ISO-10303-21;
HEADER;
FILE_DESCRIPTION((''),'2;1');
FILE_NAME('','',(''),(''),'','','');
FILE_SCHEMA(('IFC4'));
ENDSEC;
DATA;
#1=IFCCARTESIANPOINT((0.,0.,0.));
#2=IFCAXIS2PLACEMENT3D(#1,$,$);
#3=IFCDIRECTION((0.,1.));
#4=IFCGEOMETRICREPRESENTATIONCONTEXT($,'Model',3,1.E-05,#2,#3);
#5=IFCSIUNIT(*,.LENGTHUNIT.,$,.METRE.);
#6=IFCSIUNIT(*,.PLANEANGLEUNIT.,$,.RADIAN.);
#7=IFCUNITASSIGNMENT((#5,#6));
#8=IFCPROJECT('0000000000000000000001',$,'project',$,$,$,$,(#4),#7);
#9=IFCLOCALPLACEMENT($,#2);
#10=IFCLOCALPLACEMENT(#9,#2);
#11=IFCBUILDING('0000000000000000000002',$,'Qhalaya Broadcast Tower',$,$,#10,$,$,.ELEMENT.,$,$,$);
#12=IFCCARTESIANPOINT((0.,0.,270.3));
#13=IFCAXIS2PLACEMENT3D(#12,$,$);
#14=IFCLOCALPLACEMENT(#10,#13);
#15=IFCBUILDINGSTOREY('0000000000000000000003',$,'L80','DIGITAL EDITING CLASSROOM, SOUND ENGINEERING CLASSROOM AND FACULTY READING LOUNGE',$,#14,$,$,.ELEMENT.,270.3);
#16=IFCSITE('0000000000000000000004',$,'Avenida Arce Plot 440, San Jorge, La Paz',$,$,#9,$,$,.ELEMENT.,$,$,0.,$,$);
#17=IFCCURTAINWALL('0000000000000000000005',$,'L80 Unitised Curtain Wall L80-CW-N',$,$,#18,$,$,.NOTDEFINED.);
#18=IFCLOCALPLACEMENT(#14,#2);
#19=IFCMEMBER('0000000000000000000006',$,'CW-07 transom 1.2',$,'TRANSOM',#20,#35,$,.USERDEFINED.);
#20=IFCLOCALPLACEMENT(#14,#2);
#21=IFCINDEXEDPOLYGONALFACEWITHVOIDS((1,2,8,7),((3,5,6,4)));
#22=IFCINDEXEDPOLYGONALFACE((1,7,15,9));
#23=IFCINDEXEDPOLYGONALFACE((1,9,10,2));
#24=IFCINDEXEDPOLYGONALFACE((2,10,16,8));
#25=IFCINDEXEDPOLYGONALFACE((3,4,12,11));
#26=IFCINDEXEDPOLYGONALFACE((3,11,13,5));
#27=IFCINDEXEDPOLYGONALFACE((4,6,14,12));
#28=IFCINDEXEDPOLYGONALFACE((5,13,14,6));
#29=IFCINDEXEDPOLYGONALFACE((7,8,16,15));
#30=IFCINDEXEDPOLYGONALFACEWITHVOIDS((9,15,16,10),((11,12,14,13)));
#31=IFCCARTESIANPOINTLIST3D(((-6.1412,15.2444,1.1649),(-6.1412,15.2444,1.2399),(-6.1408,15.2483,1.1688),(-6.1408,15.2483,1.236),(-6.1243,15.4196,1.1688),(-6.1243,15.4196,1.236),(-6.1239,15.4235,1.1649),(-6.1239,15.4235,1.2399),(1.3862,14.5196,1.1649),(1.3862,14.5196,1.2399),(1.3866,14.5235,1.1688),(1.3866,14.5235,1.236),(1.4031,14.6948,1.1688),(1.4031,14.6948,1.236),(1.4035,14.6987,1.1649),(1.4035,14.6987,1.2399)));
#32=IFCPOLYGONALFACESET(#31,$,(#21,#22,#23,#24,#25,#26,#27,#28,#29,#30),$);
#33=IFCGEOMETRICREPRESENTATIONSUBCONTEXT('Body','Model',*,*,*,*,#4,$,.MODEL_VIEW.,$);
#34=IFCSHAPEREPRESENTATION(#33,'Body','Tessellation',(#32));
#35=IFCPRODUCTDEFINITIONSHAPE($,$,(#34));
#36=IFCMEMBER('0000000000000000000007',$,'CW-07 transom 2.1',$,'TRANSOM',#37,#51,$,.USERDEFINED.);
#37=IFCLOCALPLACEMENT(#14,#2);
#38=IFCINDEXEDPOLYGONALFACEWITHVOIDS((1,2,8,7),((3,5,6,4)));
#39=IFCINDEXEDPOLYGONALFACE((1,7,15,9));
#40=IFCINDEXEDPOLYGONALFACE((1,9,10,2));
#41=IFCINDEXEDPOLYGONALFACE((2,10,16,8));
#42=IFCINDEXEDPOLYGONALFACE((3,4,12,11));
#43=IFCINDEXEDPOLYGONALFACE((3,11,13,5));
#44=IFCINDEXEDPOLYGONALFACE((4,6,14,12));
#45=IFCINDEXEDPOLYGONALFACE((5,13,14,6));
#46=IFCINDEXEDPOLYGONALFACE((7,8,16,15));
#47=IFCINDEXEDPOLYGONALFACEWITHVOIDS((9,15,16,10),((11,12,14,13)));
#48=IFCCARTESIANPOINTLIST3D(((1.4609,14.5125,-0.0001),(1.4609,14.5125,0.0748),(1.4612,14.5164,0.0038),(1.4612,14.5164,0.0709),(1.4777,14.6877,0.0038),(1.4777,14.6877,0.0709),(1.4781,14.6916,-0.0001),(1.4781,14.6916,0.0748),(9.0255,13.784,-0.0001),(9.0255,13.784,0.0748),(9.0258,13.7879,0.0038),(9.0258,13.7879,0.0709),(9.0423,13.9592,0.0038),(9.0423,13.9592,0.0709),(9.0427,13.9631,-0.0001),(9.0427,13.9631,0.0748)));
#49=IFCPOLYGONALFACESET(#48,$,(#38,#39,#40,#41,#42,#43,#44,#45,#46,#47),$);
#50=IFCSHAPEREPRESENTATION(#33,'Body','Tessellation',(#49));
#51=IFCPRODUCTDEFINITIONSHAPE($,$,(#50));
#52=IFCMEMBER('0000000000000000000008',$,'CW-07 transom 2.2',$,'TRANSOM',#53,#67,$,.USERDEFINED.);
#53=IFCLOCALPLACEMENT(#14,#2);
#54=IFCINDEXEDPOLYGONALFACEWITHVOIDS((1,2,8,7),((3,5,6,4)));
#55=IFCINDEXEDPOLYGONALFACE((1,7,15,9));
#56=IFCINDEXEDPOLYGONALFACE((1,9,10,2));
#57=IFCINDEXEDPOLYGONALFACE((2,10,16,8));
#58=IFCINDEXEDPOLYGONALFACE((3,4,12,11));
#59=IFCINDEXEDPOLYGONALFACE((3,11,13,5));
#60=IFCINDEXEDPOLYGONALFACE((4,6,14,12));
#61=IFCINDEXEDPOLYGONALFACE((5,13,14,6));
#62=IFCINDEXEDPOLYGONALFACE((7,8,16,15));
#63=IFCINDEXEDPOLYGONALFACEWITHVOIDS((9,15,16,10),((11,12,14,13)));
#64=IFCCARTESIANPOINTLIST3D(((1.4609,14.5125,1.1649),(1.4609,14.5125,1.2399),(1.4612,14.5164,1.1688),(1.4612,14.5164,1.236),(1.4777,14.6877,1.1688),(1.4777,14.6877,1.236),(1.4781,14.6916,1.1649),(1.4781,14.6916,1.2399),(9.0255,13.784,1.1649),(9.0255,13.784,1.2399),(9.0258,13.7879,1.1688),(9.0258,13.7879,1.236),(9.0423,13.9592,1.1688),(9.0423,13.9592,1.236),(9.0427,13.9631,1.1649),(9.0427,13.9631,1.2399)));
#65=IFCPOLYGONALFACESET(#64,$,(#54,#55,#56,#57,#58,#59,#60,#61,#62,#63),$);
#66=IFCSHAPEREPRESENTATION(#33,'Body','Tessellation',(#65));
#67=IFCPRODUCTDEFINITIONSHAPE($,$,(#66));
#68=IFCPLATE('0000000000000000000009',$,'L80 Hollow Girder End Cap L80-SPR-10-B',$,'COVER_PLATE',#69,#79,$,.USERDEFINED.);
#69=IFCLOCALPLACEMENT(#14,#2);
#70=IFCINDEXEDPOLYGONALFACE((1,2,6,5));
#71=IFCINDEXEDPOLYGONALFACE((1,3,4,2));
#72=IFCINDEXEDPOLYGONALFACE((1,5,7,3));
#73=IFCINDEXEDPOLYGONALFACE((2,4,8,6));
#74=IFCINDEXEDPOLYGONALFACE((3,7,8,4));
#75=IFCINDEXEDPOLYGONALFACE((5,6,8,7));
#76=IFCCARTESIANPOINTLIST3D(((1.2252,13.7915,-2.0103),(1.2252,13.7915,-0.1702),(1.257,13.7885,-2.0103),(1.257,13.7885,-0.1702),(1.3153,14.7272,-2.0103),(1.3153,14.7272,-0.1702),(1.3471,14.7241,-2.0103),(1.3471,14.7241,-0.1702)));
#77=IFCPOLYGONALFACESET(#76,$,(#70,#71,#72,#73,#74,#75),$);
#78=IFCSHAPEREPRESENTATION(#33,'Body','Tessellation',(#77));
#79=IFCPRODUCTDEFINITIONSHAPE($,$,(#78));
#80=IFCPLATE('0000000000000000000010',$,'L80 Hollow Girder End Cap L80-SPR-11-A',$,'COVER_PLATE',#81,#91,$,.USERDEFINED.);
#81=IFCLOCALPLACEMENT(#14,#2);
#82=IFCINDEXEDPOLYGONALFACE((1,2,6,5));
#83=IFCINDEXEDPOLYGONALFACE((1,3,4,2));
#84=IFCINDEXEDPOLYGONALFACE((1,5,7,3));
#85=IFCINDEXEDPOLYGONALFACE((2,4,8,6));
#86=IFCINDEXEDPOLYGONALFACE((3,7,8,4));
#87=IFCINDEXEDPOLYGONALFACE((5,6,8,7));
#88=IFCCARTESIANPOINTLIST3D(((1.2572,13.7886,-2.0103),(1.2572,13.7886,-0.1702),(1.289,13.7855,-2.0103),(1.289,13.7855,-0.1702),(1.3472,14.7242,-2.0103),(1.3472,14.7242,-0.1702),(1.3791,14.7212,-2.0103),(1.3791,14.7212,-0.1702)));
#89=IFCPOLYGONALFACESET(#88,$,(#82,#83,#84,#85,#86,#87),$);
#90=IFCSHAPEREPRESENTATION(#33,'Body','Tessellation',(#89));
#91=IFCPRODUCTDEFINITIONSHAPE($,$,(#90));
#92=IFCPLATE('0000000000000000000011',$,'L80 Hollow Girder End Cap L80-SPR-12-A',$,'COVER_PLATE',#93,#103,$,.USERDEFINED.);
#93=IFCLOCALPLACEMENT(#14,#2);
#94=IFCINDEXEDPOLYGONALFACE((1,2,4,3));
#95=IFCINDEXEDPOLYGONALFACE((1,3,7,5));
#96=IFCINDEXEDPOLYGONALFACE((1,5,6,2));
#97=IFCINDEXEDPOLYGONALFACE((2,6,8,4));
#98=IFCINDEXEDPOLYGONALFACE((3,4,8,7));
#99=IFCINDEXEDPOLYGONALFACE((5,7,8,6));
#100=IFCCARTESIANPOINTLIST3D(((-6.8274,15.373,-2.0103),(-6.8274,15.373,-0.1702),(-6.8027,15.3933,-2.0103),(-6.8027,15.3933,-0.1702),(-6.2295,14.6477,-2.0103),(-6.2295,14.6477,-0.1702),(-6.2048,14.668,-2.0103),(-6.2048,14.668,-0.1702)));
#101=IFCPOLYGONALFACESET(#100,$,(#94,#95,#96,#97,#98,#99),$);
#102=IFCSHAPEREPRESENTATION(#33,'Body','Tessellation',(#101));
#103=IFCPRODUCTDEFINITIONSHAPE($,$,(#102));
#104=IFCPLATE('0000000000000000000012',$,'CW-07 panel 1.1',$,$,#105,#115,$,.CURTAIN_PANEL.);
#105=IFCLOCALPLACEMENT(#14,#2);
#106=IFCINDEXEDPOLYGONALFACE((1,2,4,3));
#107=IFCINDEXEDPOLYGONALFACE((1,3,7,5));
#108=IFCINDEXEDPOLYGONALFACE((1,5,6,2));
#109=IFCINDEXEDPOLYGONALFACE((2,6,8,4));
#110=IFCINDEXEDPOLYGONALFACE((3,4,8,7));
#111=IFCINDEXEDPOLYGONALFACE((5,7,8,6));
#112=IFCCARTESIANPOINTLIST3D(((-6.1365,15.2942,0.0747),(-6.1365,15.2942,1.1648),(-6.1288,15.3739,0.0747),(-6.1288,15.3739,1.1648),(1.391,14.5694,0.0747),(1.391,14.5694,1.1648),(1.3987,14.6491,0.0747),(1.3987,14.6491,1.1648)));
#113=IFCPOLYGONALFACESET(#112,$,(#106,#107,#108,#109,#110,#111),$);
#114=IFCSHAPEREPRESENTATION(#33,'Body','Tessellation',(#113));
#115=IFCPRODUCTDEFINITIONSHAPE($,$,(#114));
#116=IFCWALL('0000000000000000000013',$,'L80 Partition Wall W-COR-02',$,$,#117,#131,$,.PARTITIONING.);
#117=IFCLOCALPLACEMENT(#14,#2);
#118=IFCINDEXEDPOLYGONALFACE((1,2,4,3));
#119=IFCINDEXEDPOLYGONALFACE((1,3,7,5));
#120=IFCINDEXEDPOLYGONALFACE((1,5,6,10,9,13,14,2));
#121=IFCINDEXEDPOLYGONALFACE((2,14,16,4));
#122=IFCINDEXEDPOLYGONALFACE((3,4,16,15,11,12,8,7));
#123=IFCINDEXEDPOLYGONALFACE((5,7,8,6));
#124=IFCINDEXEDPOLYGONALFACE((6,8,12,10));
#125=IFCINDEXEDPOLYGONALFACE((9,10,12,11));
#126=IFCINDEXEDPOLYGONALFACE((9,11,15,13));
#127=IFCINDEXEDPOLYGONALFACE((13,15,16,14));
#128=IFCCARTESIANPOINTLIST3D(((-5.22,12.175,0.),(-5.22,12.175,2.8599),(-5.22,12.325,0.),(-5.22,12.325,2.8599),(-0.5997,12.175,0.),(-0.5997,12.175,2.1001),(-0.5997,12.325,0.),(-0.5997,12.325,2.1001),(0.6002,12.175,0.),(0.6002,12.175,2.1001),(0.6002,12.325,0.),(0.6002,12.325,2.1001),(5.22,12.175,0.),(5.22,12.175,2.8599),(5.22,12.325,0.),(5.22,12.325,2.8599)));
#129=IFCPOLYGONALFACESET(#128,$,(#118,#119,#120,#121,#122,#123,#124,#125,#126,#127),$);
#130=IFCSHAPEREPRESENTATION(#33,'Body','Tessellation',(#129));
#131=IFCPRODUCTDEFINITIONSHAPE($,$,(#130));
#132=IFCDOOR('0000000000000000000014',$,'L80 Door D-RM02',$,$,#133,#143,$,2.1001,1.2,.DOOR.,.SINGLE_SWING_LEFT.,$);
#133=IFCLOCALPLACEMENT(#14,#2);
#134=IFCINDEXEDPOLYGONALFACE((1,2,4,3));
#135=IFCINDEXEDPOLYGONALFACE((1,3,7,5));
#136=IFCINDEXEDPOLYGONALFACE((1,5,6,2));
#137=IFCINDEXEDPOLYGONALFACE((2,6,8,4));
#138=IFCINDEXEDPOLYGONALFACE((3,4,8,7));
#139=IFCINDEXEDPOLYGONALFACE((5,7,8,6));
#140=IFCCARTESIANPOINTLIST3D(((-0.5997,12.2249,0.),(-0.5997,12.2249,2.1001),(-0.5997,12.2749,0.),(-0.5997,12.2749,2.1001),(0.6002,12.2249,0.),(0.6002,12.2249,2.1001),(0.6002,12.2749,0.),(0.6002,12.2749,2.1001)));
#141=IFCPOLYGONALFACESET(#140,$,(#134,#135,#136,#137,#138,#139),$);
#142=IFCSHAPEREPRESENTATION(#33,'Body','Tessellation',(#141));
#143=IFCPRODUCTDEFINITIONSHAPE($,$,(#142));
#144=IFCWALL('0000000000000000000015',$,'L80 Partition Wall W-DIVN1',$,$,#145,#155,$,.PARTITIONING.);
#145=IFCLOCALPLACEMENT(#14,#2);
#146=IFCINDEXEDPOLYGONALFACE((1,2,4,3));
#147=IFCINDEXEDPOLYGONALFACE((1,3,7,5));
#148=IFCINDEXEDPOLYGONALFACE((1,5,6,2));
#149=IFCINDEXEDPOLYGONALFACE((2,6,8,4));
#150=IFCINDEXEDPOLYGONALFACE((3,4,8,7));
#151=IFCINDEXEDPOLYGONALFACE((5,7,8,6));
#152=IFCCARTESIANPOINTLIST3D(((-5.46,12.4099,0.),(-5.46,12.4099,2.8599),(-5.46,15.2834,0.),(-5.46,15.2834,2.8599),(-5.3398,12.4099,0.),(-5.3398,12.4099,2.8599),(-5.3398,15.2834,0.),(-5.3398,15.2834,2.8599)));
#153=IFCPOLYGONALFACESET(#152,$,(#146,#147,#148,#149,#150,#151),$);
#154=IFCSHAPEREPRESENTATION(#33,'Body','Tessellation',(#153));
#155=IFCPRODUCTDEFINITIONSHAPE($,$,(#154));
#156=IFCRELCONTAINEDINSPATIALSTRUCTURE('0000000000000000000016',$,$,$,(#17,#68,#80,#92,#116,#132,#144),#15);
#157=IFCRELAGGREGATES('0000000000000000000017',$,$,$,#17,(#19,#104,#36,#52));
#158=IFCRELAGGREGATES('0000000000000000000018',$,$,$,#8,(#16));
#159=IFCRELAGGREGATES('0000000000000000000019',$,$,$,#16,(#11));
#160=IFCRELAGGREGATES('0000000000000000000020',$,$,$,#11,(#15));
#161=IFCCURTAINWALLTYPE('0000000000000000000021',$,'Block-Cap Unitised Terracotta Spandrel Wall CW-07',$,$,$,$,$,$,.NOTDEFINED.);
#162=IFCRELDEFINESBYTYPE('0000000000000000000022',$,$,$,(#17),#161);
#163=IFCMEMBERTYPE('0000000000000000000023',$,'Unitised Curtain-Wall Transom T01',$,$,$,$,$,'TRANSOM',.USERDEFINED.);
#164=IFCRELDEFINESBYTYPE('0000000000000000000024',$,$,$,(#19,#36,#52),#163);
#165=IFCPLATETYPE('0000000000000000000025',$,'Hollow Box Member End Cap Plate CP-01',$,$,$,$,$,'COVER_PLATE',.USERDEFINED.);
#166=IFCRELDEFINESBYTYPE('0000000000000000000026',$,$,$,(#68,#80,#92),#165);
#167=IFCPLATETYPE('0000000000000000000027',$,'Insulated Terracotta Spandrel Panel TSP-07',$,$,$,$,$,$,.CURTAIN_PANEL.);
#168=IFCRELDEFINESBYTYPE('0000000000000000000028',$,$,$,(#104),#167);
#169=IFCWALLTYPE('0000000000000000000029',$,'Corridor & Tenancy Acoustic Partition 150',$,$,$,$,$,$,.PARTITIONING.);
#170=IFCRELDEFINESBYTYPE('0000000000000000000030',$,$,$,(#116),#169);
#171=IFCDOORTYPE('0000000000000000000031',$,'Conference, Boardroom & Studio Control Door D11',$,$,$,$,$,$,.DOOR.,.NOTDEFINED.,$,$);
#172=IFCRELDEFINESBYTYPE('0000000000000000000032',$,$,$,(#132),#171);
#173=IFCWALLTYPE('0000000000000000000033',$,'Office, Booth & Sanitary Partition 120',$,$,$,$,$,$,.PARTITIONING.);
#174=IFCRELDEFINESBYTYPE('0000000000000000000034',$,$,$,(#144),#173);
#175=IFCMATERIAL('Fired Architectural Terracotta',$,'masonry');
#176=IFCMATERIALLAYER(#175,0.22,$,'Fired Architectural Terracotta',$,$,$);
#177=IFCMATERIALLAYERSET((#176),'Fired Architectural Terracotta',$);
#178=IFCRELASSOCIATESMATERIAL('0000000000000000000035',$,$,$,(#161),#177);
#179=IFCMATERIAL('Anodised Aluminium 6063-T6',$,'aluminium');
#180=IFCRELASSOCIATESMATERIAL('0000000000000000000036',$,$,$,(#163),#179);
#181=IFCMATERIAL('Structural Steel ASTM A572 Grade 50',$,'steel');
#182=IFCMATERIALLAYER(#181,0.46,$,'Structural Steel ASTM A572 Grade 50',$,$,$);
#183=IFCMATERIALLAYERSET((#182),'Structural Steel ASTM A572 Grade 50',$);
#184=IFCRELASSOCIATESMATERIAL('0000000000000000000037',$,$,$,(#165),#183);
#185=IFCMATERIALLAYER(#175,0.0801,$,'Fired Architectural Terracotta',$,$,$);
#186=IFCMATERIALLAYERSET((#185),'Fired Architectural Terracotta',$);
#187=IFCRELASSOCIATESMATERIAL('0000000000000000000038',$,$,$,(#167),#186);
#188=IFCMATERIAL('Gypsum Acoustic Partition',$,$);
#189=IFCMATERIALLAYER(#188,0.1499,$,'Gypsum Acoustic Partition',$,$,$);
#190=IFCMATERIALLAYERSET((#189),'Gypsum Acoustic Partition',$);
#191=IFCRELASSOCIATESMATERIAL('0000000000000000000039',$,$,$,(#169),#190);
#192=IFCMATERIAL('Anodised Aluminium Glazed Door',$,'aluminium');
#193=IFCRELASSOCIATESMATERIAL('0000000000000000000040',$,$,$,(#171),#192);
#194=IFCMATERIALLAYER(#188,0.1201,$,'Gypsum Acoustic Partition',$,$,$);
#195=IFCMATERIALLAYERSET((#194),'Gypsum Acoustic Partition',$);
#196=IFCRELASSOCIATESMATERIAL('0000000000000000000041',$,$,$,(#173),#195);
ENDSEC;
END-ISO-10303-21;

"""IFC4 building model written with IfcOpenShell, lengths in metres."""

from ifc_helpers import new_model, si_unit, direction, frame, frame_2d, origin, origin_2d, place, context, subcontext, project, spatial, rectangle, hollow_rectangle, extrude, material, layer, layer_set, material_profile, profile_set, type_object, element, fill, aggregate, save


model = new_model("IFC4")

# Units and contexts
model_context = context("Model", 3, precision=1e-05, world=origin(), true_north=direction((0.0, 1.0)))
body_context = subcontext(model_context, "Body", "Model", "MODEL_VIEW")
ifc_project = project(units=[si_unit("LENGTHUNIT", "METRE"), si_unit("PLANEANGLEUNIT", "RADIAN")], contexts=[model_context])

# Site, building, storey
site_placement = place(None, origin())
site = spatial("IfcSite", under=ifc_project, at=site_placement, Name="Avenida Arce Plot 440, San Jorge, La Paz", CompositionType="ELEMENT", RefElevation=0.0)
building_placement = place(site_placement, origin())
building = spatial("IfcBuilding", under=site, at=building_placement, Name="Qhalaya Broadcast Tower", CompositionType="ELEMENT")
storey_placement = place(building_placement, frame((0.0, 0.0, 270.3)))
storey = spatial("IfcBuildingStorey", under=building, at=storey_placement, Name="L80", Description="DIGITAL EDITING CLASSROOM, SOUND ENGINEERING CLASSROOM AND FACULTY READING LOUNGE", CompositionType="ELEMENT", Elevation=270.3)

# Shared definitions
ifc_material_1 = material(Name="Structural Steel ASTM A572 Grade 50", Category="steel")

# Curtain wall, members
ifc_material_2 = material(Name="Fired Architectural Terracotta", Category="masonry")
ifc_layer_1 = layer(ifc_material_2, 0.22, Name="Fired Architectural Terracotta")
ifc_layer_set_1 = layer_set([ifc_layer_1], Name="Fired Architectural Terracotta")
curtain_wall_type = type_object("IfcCurtainWallType", Name="Block-Cap Unitised Terracotta Spandrel Wall CW-07", PredefinedType="NOTDEFINED", material=ifc_layer_set_1)
curtain_wall_placement = place(storey_placement, origin())
curtain_wall = element("IfcCurtainWall", 1, at=curtain_wall_placement, inside=storey, type_object=curtain_wall_type, Name="L80 Unitised Curtain Wall L80-CW-N", PredefinedType="NOTDEFINED")
ifc_material_3 = material(Name="Anodised Aluminium 6063-T6", Category="aluminium")
ifc_material_profile_1 = material_profile(ifc_material_3, hollow_rectangle(XDim=0.075, YDim=0.1799, WallThickness=0.0039, at=origin_2d()), Name="ALU-TRN 75x180x4")
ifc_profile_set_1 = profile_set([ifc_material_profile_1], Name="Anodised Aluminium 6063-T6")
member_type_1 = type_object("IfcMemberType", Name="Unitised Curtain-Wall Transom T01", ElementType="TRANSOM", PredefinedType="USERDEFINED", material=ifc_profile_set_1)
member_1_placement = place(storey_placement, frame((-6.1326, 15.334, 1.2024), z_axis=(0.995396, -0.095853, 0.0), x_axis=(0.0, 0.0, 1.0)))
member_1 = element("IfcMember", 2, at=member_1_placement, type_object=member_type_1, Name="CW-07 transom 1.2", ObjectType="TRANSOM", PredefinedType="USERDEFINED", context=body_context, shape_type="SweptSolid", body=[
    extrude(hollow_rectangle(XDim=0.075, YDim=0.1799, WallThickness=0.0039, at=origin_2d()), origin(), (0.0, 0.0, 1.0), 7.5623),
])
member_2_placement = place(storey_placement, frame((1.4695, 14.6021, 0.0374), z_axis=(0.995395, -0.095861, 0.0), x_axis=(0.0, 0.0, 1.0)))
member_2 = element("IfcMember", 3, at=member_2_placement, type_object=member_type_1, Name="CW-07 transom 2.1", ObjectType="TRANSOM", PredefinedType="USERDEFINED", context=body_context, shape_type="SweptSolid", body=[
    extrude(hollow_rectangle(XDim=0.075, YDim=0.1799, WallThickness=0.0039, at=origin_2d()), origin(), (0.0, 0.0, 1.0), 7.5996),
])
member_3_placement = place(storey_placement, frame((1.4695, 14.6021, 1.2024), z_axis=(0.995395, -0.095861, 0.0), x_axis=(0.0, 0.0, 1.0)))
member_3 = element("IfcMember", 4, at=member_3_placement, type_object=member_type_1, Name="CW-07 transom 2.2", ObjectType="TRANSOM", PredefinedType="USERDEFINED", context=body_context, shape_type="SweptSolid", body=[
    extrude(hollow_rectangle(XDim=0.075, YDim=0.1799, WallThickness=0.0039, at=origin_2d()), origin(), (0.0, 0.0, 1.0), 7.5996),
])

# Plates
ifc_layer_2 = layer(ifc_material_1, 0.46, Name="Structural Steel ASTM A572 Grade 50")
ifc_layer_set_2 = layer_set([ifc_layer_2], Name="Structural Steel ASTM A572 Grade 50")
plate_type_1 = type_object("IfcPlateType", Name="Hollow Box Member End Cap Plate CP-01", ElementType="COVER_PLATE", PredefinedType="USERDEFINED", material=ifc_layer_set_2)
for number, where, z_axis, x_axis, name in (
    (5, (1.2861, 14.2578, -2.0103), (0.0, 0.0, 1.0), (-0.095846, -0.995396, 0.0), "L80 Hollow Girder End Cap L80-SPR-10-B"),
    (6, (1.3181, 14.2549, -2.0103), (0.0, 0.0, 1.0), (-0.095846, -0.995396, 0.0), "L80 Hollow Girder End Cap L80-SPR-11-A"),
    (7, (-6.5161, 15.0205, -2.0103), (0.0, 0.0, 1.0), (0.636078, -0.771625, 0.0), "L80 Hollow Girder End Cap L80-SPR-12-A"),
):
    element("IfcPlate", number, at=place(storey_placement, frame(where, z_axis=z_axis, x_axis=x_axis)), inside=storey, type_object=plate_type_1, Name=name, ObjectType="COVER_PLATE", PredefinedType="USERDEFINED", context=body_context, shape_type="SweptSolid", body=[
        extrude(rectangle(XDim=0.9399, YDim=0.032, at=origin_2d()), origin(), (0.0, 0.0, 1.0), 1.8401),
    ])

# Plate
ifc_layer_3 = layer(ifc_material_2, 0.0801, Name="Fired Architectural Terracotta")
ifc_layer_set_3 = layer_set([ifc_layer_3], Name="Fired Architectural Terracotta")
plate_type_2 = type_object("IfcPlateType", Name="Insulated Terracotta Spandrel Panel TSP-07", PredefinedType="CURTAIN_PANEL", material=ifc_layer_set_3)
plate_placement = place(storey_placement, frame((-2.3689, 14.9717, 0.0747), z_axis=(0.0, 0.0, 1.0), x_axis=(0.995396, -0.095848, 0.0)))
plate = element("IfcPlate", 8, at=plate_placement, type_object=plate_type_2, Name="CW-07 panel 1.1", PredefinedType="CURTAIN_PANEL", context=body_context, shape_type="SweptSolid", body=[
    extrude(rectangle(XDim=7.5623, YDim=0.0801, at=origin_2d()), origin(), (0.0, 0.0, 1.0), 1.0901),
])
aggregate(curtain_wall, [member_1, plate, member_2, member_3])

# Wall, opening, door
ifc_material_4 = material(Name="Gypsum Acoustic Partition")
ifc_layer_4 = layer(ifc_material_4, 0.1499, Name="Gypsum Acoustic Partition")
ifc_layer_set_4 = layer_set([ifc_layer_4], Name="Gypsum Acoustic Partition")
wall_type_1 = type_object("IfcWallType", Name="Corridor & Tenancy Acoustic Partition 150", PredefinedType="PARTITIONING", material=ifc_layer_set_4)
wall_1_placement = place(storey_placement, frame((-5.22, 12.25, 0.0), z_axis=(0.0, 0.0, 1.0), x_axis=(1.0, 0.0, 0.0)))
wall_1 = element("IfcWall", 9, at=wall_1_placement, inside=storey, type_object=wall_type_1, Name="L80 Partition Wall W-COR-02", PredefinedType="PARTITIONING", context=body_context, shape_type="SweptSolid", body=[
    extrude(rectangle(XDim=10.4399, YDim=0.1499, at=frame_2d((5.22, 0.0))), origin(), (0.0, 0.0, 1.0), 2.8599),
])
opening_placement = place(wall_1_placement, frame((4.6201, 0.0, 0.0)))
opening = element("IfcOpeningElement", 10, at=opening_placement, cuts=wall_1, PredefinedType="OPENING", context=body_context, shape_type="SweptSolid", body=[
    extrude(rectangle(XDim=1.2, YDim=2.1001, at=frame_2d((0.6001, 1.05))), frame((0.0, 0.0869, 0.0), z_axis=(0.0, -1.0, 0.0), x_axis=(1.0, 0.0, 0.0)), (0.0, 0.0, 1.0), 0.1738),
])
ifc_material_5 = material(Name="Anodised Aluminium Glazed Door", Category="aluminium")
door_type = type_object("IfcDoorType", Name="Conference, Boardroom & Studio Control Door D11", OperationType="NOTDEFINED", PredefinedType="DOOR", material=ifc_material_5)
door_placement = place(opening_placement, origin())
door = element("IfcDoor", 11, at=door_placement, inside=storey, type_object=door_type, Name="L80 Door D-RM02", OperationType="SINGLE_SWING_LEFT", OverallHeight=2.1001, OverallWidth=1.2, PredefinedType="DOOR", context=body_context, shape_type="SweptSolid", body=[
    extrude(rectangle(XDim=1.2, YDim=2.1001, at=frame_2d((0.6001, 1.05))), frame((0.0, 0.0249, 0.0), z_axis=(0.0, -1.0, 0.0), x_axis=(1.0, 0.0, 0.0)), (0.0, 0.0, 1.0), 0.05),
])
fill(opening, door)

# Wall
ifc_layer_5 = layer(ifc_material_4, 0.1201, Name="Gypsum Acoustic Partition")
ifc_layer_set_5 = layer_set([ifc_layer_5], Name="Gypsum Acoustic Partition")
wall_type_2 = type_object("IfcWallType", Name="Office, Booth & Sanitary Partition 120", PredefinedType="PARTITIONING", material=ifc_layer_set_5)
wall_2_placement = place(storey_placement, frame((-5.3999, 12.4099, 0.0), z_axis=(0.0, 0.0, 1.0), x_axis=(0.0, 1.0, 0.0)))
element("IfcWall", 12, at=wall_2_placement, inside=storey, type_object=wall_type_2, Name="L80 Partition Wall W-DIVN1", PredefinedType="PARTITIONING", context=body_context, shape_type="SweptSolid", body=[
    extrude(rectangle(XDim=2.8735, YDim=0.1201, at=frame_2d((1.4368, 0.0))), origin(), (0.0, 0.0, 1.0), 2.8599),
])

save(model, "model.ifc")
